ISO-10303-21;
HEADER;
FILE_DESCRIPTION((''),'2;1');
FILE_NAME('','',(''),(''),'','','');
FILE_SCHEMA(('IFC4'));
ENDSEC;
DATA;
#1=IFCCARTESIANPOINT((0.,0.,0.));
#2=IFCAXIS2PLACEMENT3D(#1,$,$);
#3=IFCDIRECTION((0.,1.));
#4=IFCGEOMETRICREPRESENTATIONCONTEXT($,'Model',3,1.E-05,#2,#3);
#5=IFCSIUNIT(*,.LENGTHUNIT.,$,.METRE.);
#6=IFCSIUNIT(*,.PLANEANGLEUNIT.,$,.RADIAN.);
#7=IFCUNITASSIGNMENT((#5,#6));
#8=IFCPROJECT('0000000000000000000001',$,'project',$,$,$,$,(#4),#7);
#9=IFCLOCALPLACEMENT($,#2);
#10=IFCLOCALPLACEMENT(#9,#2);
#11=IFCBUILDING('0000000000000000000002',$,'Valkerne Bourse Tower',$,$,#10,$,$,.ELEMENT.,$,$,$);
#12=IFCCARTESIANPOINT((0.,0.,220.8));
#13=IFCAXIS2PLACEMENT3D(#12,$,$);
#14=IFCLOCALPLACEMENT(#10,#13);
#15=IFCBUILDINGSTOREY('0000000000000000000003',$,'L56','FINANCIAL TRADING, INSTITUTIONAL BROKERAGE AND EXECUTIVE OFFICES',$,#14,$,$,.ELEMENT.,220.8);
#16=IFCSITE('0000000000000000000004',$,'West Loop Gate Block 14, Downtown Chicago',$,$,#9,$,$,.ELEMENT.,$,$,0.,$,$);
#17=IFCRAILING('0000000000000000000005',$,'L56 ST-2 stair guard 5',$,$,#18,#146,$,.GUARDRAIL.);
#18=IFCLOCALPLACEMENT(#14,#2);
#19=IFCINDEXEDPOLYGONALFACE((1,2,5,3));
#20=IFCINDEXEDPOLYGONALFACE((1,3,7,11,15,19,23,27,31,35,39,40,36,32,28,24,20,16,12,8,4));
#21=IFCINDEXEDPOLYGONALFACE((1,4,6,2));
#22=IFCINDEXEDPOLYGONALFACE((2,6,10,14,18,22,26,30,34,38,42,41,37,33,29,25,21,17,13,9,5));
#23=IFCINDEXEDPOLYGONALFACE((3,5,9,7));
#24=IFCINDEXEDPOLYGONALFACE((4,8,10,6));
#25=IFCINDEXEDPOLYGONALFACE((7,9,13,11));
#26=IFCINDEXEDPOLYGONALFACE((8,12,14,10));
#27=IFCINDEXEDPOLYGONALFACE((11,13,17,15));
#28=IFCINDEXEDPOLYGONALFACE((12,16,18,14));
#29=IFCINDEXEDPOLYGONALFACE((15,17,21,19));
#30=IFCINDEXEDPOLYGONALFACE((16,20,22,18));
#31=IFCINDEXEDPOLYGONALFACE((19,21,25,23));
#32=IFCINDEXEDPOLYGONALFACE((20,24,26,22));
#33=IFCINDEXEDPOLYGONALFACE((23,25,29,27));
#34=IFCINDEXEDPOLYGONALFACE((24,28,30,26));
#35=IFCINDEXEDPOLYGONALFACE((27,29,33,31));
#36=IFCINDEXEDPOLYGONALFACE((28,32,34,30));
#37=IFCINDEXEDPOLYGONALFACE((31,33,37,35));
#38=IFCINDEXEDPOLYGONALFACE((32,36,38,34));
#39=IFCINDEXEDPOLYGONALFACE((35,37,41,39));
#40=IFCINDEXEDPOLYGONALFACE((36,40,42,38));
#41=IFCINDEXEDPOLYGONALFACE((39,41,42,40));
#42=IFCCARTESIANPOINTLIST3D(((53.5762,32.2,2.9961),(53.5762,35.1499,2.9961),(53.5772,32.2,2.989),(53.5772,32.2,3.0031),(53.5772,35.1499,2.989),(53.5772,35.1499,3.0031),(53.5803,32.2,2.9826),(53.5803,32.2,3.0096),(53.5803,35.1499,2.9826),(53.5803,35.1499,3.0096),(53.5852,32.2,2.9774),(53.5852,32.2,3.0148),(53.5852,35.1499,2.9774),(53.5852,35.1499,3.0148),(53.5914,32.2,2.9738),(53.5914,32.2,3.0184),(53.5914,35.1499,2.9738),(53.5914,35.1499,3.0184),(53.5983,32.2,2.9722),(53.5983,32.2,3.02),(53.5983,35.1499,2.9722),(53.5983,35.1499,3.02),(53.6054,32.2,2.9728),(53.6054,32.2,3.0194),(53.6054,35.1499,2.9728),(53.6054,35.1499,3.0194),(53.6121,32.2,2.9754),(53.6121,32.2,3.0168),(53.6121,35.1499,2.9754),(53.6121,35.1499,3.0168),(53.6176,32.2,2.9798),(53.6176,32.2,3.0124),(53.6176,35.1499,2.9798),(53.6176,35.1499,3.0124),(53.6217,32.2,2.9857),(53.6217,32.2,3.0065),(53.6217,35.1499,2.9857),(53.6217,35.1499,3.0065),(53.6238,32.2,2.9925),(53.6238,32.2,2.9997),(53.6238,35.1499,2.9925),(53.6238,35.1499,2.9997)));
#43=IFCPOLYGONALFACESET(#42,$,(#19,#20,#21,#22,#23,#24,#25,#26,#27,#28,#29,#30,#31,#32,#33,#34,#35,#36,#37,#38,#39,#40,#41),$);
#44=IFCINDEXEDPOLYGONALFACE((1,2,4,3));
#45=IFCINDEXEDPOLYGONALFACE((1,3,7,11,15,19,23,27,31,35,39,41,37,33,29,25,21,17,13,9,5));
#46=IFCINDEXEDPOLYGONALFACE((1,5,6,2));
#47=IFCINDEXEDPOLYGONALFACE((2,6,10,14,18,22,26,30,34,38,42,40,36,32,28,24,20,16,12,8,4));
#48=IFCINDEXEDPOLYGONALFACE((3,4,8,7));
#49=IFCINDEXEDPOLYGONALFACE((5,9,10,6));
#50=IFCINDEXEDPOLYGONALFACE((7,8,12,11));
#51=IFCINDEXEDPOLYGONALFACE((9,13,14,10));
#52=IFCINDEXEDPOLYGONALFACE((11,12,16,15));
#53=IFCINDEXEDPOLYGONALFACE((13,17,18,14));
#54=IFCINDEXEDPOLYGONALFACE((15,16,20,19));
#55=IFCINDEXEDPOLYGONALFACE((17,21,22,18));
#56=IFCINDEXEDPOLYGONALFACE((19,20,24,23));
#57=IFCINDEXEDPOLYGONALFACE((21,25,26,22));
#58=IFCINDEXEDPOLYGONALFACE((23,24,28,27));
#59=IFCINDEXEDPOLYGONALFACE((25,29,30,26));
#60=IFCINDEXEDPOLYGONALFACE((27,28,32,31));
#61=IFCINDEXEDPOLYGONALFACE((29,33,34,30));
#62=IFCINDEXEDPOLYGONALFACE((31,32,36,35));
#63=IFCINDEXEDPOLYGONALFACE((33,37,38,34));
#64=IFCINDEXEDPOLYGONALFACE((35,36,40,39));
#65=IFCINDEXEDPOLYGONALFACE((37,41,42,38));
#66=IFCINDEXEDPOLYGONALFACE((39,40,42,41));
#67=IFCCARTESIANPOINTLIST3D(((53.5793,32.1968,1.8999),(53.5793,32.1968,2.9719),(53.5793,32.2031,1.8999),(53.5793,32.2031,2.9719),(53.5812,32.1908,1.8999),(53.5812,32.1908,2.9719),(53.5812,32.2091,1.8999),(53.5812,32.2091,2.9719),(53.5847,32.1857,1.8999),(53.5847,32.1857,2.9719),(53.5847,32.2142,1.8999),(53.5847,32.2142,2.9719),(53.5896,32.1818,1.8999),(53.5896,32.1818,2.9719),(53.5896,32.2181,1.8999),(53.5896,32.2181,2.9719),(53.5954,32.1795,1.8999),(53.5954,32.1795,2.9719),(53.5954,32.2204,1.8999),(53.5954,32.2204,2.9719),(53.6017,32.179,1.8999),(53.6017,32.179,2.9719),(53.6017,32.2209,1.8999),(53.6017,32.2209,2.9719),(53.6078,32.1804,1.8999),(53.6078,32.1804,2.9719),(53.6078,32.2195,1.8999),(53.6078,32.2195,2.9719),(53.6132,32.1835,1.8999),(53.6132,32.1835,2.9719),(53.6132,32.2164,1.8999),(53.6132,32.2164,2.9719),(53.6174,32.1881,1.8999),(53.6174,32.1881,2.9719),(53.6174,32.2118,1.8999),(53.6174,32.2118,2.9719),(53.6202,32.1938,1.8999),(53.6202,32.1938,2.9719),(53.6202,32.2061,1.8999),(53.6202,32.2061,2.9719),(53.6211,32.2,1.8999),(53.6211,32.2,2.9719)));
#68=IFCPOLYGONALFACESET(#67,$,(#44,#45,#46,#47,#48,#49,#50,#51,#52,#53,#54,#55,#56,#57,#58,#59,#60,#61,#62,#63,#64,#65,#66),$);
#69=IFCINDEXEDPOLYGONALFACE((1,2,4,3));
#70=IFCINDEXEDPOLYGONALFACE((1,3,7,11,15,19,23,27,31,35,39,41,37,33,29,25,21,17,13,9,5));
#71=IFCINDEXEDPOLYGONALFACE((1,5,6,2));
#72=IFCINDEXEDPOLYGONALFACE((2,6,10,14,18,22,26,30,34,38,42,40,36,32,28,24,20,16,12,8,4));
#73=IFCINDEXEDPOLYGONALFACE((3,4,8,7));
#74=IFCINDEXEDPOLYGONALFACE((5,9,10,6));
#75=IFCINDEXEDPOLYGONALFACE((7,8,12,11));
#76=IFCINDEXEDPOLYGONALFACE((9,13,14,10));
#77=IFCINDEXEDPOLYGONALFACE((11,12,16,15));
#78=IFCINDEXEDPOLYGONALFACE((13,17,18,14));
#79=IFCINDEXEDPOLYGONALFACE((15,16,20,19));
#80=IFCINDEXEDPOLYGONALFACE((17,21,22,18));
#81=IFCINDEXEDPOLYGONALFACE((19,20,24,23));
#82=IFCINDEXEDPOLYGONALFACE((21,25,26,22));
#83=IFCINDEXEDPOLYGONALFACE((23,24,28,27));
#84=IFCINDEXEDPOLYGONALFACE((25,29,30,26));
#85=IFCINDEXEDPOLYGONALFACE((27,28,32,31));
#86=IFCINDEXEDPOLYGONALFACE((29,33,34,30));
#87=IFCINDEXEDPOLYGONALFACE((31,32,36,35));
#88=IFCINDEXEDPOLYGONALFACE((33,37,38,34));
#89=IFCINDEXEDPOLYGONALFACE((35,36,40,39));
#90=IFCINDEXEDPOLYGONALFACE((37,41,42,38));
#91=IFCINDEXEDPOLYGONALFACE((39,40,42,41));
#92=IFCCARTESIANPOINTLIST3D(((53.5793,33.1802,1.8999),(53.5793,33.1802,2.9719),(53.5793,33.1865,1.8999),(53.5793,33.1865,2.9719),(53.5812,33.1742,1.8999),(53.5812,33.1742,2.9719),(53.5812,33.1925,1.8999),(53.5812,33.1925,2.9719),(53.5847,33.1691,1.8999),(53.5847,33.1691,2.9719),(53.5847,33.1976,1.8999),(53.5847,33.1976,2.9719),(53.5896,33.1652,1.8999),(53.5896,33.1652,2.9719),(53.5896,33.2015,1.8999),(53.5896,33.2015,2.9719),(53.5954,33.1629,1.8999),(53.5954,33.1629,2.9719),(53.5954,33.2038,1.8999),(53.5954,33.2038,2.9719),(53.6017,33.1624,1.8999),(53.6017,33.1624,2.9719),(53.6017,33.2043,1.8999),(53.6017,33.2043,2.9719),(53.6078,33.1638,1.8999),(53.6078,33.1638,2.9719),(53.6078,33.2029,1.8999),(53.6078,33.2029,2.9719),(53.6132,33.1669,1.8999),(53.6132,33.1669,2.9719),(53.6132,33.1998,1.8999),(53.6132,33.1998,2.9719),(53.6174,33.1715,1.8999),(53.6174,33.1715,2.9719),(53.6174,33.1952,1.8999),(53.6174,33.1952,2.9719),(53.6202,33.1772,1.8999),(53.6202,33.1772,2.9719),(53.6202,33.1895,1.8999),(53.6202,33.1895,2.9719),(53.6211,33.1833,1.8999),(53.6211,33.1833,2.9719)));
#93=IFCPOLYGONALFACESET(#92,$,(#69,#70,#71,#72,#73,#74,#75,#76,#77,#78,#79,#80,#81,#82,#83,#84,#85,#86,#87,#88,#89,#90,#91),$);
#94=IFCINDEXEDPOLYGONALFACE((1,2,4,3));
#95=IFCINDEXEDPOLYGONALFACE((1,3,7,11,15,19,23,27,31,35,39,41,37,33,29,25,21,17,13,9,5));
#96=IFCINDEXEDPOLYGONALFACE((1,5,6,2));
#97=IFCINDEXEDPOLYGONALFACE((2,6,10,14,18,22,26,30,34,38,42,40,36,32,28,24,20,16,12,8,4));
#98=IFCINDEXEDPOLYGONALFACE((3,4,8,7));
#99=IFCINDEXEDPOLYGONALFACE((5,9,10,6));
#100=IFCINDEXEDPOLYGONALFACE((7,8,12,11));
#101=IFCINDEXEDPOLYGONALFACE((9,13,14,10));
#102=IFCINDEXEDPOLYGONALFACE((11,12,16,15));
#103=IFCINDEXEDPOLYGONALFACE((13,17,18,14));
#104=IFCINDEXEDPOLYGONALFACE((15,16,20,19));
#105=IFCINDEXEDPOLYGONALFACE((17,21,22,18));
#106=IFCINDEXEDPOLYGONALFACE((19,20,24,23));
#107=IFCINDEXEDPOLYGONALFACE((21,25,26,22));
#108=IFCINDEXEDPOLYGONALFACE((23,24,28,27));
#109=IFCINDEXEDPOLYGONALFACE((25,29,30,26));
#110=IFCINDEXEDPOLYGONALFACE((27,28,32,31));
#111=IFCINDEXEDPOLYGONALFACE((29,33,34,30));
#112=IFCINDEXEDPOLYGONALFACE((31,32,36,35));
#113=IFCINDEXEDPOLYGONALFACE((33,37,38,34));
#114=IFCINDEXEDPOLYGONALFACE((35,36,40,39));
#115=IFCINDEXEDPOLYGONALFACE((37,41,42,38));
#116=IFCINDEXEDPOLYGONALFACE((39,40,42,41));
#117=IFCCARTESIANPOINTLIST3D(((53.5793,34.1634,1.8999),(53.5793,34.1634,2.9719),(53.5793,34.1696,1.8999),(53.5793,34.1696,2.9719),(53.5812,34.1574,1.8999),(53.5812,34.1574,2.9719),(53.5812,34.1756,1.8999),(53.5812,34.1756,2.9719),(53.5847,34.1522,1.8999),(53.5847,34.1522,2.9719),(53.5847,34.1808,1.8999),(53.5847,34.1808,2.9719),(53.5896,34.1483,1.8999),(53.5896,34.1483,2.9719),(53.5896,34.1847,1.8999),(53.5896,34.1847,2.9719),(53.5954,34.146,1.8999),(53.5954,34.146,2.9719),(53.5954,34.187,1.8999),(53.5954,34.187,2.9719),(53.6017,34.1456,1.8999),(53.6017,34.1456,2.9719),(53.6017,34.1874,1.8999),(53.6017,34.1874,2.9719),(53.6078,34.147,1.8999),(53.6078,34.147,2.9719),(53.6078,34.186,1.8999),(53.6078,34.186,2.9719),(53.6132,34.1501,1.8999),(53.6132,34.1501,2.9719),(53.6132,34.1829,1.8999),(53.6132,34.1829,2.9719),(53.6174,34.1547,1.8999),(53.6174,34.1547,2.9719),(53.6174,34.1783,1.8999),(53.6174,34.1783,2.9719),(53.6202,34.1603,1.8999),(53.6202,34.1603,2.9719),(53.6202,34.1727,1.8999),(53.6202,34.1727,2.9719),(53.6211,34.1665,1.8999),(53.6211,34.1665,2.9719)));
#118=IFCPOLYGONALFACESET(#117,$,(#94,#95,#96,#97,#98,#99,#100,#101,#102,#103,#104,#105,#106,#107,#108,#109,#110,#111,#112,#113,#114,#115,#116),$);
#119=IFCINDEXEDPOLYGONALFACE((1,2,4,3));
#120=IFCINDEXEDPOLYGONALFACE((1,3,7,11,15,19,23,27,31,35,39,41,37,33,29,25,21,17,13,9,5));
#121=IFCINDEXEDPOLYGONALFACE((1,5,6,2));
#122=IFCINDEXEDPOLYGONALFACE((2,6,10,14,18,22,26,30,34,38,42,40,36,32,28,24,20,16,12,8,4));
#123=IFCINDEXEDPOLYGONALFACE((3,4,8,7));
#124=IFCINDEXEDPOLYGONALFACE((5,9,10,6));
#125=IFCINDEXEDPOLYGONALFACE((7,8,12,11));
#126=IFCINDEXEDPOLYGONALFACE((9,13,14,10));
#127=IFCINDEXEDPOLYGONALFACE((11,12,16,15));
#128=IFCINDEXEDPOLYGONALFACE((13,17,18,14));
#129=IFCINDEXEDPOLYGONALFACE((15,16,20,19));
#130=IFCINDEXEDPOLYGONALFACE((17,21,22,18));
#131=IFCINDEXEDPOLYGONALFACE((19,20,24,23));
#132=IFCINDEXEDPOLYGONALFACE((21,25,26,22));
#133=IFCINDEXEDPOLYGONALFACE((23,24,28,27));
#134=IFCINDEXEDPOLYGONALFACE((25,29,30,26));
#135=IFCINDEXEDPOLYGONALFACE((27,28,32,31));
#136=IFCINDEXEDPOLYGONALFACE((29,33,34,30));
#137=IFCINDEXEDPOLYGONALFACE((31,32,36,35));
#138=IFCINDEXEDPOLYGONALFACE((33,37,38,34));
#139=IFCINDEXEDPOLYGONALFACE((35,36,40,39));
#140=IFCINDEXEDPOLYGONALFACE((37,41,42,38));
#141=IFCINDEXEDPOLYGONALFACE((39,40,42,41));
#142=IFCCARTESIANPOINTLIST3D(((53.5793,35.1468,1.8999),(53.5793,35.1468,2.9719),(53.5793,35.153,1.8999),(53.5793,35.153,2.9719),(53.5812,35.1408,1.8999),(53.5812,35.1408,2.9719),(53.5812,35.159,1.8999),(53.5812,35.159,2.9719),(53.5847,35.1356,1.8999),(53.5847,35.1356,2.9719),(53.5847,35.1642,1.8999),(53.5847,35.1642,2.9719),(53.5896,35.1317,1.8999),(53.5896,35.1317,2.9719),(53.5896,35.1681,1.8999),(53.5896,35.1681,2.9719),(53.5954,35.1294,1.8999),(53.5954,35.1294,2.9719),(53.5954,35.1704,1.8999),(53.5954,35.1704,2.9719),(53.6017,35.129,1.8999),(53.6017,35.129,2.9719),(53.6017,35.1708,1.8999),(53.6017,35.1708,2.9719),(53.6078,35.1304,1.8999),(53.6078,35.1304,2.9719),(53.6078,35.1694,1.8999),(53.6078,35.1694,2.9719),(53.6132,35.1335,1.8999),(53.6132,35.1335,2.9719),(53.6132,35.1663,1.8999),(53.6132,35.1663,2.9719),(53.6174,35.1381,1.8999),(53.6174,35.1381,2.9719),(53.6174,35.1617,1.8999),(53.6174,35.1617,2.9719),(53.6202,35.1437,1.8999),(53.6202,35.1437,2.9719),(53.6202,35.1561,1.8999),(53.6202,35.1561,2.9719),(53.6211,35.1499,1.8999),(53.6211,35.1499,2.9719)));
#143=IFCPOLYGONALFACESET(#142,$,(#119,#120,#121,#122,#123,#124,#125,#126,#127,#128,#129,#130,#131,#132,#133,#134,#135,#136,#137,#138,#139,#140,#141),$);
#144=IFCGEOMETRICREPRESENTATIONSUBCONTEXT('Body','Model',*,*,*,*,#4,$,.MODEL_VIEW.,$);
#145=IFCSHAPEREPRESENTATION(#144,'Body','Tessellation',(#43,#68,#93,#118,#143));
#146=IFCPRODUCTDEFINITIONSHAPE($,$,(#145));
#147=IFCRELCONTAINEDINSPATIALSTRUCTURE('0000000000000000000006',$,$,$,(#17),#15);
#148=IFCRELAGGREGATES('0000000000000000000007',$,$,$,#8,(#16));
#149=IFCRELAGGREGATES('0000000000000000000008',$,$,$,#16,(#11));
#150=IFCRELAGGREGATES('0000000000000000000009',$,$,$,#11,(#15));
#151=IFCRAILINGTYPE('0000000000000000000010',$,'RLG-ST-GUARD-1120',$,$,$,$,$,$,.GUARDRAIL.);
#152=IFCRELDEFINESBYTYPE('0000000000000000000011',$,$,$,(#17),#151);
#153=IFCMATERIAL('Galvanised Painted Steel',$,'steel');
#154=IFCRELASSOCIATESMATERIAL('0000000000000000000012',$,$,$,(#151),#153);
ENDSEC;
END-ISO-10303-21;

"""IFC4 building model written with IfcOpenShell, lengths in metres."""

from ifc_helpers import new_model, si_unit, direction, frame, origin, origin_2d, place, context, subcontext, project, spatial, circle, extrude, material, type_object, element, save


model = new_model("IFC4")

# Units and contexts
model_context = context("Model", 3, precision=1e-05, world=origin(), true_north=direction((0.0, 1.0)))
body_context = subcontext(model_context, "Body", "Model", "MODEL_VIEW")
ifc_project = project(units=[si_unit("LENGTHUNIT", "METRE"), si_unit("PLANEANGLEUNIT", "RADIAN")], contexts=[model_context])

# Site, building, storey
site_placement = place(None, origin())
site = spatial("IfcSite", under=ifc_project, at=site_placement, Name="West Loop Gate Block 14, Downtown Chicago", CompositionType="ELEMENT", RefElevation=0.0)
building_placement = place(site_placement, origin())
building = spatial("IfcBuilding", under=site, at=building_placement, Name="Valkerne Bourse Tower", CompositionType="ELEMENT")
storey_placement = place(building_placement, frame((0.0, 0.0, 220.8)))
storey = spatial("IfcBuildingStorey", under=building, at=storey_placement, Name="L56", Description="FINANCIAL TRADING, INSTITUTIONAL BROKERAGE AND EXECUTIVE OFFICES", CompositionType="ELEMENT", Elevation=220.8)

# Railing
ifc_material_1 = material(Name="Galvanised Painted Steel", Category="steel")
railing_type = type_object("IfcRailingType", Name="RLG-ST-GUARD-1120", PredefinedType="GUARDRAIL", material=ifc_material_1)
railing_1_placement = place(storey_placement, frame((53.6001, 32.2, 1.8999)))
element("IfcRailing", 1, at=railing_1_placement, inside=storey, type_object=railing_type, Name="L56 ST-2 stair guard 5", PredefinedType="GUARDRAIL", context=body_context, shape_type="SweptSolid", body=[
    extrude(circle(Radius=0.0239, at=origin_2d()), frame((0.0, 0.0, 1.0962), z_axis=(0.0, 1.0, 0.0), x_axis=(-1.0, 0.0, 0.0)), (0.0, 0.0, 1.0), 2.95),
    extrude(circle(Radius=0.021, at=origin_2d()), origin(), (0.0, 0.0, 1.0), 1.072),
    extrude(circle(Radius=0.021, at=origin_2d()), frame((0.0, 0.9834, 0.0)), (0.0, 0.0, 1.0), 1.072),
    extrude(circle(Radius=0.021, at=origin_2d()), frame((0.0, 1.9666, 0.0)), (0.0, 0.0, 1.0), 1.072),
    extrude(circle(Radius=0.021, at=origin_2d()), frame((0.0, 2.95, 0.0)), (0.0, 0.0, 1.0), 1.072),
])

save(model, "model.ifc")
